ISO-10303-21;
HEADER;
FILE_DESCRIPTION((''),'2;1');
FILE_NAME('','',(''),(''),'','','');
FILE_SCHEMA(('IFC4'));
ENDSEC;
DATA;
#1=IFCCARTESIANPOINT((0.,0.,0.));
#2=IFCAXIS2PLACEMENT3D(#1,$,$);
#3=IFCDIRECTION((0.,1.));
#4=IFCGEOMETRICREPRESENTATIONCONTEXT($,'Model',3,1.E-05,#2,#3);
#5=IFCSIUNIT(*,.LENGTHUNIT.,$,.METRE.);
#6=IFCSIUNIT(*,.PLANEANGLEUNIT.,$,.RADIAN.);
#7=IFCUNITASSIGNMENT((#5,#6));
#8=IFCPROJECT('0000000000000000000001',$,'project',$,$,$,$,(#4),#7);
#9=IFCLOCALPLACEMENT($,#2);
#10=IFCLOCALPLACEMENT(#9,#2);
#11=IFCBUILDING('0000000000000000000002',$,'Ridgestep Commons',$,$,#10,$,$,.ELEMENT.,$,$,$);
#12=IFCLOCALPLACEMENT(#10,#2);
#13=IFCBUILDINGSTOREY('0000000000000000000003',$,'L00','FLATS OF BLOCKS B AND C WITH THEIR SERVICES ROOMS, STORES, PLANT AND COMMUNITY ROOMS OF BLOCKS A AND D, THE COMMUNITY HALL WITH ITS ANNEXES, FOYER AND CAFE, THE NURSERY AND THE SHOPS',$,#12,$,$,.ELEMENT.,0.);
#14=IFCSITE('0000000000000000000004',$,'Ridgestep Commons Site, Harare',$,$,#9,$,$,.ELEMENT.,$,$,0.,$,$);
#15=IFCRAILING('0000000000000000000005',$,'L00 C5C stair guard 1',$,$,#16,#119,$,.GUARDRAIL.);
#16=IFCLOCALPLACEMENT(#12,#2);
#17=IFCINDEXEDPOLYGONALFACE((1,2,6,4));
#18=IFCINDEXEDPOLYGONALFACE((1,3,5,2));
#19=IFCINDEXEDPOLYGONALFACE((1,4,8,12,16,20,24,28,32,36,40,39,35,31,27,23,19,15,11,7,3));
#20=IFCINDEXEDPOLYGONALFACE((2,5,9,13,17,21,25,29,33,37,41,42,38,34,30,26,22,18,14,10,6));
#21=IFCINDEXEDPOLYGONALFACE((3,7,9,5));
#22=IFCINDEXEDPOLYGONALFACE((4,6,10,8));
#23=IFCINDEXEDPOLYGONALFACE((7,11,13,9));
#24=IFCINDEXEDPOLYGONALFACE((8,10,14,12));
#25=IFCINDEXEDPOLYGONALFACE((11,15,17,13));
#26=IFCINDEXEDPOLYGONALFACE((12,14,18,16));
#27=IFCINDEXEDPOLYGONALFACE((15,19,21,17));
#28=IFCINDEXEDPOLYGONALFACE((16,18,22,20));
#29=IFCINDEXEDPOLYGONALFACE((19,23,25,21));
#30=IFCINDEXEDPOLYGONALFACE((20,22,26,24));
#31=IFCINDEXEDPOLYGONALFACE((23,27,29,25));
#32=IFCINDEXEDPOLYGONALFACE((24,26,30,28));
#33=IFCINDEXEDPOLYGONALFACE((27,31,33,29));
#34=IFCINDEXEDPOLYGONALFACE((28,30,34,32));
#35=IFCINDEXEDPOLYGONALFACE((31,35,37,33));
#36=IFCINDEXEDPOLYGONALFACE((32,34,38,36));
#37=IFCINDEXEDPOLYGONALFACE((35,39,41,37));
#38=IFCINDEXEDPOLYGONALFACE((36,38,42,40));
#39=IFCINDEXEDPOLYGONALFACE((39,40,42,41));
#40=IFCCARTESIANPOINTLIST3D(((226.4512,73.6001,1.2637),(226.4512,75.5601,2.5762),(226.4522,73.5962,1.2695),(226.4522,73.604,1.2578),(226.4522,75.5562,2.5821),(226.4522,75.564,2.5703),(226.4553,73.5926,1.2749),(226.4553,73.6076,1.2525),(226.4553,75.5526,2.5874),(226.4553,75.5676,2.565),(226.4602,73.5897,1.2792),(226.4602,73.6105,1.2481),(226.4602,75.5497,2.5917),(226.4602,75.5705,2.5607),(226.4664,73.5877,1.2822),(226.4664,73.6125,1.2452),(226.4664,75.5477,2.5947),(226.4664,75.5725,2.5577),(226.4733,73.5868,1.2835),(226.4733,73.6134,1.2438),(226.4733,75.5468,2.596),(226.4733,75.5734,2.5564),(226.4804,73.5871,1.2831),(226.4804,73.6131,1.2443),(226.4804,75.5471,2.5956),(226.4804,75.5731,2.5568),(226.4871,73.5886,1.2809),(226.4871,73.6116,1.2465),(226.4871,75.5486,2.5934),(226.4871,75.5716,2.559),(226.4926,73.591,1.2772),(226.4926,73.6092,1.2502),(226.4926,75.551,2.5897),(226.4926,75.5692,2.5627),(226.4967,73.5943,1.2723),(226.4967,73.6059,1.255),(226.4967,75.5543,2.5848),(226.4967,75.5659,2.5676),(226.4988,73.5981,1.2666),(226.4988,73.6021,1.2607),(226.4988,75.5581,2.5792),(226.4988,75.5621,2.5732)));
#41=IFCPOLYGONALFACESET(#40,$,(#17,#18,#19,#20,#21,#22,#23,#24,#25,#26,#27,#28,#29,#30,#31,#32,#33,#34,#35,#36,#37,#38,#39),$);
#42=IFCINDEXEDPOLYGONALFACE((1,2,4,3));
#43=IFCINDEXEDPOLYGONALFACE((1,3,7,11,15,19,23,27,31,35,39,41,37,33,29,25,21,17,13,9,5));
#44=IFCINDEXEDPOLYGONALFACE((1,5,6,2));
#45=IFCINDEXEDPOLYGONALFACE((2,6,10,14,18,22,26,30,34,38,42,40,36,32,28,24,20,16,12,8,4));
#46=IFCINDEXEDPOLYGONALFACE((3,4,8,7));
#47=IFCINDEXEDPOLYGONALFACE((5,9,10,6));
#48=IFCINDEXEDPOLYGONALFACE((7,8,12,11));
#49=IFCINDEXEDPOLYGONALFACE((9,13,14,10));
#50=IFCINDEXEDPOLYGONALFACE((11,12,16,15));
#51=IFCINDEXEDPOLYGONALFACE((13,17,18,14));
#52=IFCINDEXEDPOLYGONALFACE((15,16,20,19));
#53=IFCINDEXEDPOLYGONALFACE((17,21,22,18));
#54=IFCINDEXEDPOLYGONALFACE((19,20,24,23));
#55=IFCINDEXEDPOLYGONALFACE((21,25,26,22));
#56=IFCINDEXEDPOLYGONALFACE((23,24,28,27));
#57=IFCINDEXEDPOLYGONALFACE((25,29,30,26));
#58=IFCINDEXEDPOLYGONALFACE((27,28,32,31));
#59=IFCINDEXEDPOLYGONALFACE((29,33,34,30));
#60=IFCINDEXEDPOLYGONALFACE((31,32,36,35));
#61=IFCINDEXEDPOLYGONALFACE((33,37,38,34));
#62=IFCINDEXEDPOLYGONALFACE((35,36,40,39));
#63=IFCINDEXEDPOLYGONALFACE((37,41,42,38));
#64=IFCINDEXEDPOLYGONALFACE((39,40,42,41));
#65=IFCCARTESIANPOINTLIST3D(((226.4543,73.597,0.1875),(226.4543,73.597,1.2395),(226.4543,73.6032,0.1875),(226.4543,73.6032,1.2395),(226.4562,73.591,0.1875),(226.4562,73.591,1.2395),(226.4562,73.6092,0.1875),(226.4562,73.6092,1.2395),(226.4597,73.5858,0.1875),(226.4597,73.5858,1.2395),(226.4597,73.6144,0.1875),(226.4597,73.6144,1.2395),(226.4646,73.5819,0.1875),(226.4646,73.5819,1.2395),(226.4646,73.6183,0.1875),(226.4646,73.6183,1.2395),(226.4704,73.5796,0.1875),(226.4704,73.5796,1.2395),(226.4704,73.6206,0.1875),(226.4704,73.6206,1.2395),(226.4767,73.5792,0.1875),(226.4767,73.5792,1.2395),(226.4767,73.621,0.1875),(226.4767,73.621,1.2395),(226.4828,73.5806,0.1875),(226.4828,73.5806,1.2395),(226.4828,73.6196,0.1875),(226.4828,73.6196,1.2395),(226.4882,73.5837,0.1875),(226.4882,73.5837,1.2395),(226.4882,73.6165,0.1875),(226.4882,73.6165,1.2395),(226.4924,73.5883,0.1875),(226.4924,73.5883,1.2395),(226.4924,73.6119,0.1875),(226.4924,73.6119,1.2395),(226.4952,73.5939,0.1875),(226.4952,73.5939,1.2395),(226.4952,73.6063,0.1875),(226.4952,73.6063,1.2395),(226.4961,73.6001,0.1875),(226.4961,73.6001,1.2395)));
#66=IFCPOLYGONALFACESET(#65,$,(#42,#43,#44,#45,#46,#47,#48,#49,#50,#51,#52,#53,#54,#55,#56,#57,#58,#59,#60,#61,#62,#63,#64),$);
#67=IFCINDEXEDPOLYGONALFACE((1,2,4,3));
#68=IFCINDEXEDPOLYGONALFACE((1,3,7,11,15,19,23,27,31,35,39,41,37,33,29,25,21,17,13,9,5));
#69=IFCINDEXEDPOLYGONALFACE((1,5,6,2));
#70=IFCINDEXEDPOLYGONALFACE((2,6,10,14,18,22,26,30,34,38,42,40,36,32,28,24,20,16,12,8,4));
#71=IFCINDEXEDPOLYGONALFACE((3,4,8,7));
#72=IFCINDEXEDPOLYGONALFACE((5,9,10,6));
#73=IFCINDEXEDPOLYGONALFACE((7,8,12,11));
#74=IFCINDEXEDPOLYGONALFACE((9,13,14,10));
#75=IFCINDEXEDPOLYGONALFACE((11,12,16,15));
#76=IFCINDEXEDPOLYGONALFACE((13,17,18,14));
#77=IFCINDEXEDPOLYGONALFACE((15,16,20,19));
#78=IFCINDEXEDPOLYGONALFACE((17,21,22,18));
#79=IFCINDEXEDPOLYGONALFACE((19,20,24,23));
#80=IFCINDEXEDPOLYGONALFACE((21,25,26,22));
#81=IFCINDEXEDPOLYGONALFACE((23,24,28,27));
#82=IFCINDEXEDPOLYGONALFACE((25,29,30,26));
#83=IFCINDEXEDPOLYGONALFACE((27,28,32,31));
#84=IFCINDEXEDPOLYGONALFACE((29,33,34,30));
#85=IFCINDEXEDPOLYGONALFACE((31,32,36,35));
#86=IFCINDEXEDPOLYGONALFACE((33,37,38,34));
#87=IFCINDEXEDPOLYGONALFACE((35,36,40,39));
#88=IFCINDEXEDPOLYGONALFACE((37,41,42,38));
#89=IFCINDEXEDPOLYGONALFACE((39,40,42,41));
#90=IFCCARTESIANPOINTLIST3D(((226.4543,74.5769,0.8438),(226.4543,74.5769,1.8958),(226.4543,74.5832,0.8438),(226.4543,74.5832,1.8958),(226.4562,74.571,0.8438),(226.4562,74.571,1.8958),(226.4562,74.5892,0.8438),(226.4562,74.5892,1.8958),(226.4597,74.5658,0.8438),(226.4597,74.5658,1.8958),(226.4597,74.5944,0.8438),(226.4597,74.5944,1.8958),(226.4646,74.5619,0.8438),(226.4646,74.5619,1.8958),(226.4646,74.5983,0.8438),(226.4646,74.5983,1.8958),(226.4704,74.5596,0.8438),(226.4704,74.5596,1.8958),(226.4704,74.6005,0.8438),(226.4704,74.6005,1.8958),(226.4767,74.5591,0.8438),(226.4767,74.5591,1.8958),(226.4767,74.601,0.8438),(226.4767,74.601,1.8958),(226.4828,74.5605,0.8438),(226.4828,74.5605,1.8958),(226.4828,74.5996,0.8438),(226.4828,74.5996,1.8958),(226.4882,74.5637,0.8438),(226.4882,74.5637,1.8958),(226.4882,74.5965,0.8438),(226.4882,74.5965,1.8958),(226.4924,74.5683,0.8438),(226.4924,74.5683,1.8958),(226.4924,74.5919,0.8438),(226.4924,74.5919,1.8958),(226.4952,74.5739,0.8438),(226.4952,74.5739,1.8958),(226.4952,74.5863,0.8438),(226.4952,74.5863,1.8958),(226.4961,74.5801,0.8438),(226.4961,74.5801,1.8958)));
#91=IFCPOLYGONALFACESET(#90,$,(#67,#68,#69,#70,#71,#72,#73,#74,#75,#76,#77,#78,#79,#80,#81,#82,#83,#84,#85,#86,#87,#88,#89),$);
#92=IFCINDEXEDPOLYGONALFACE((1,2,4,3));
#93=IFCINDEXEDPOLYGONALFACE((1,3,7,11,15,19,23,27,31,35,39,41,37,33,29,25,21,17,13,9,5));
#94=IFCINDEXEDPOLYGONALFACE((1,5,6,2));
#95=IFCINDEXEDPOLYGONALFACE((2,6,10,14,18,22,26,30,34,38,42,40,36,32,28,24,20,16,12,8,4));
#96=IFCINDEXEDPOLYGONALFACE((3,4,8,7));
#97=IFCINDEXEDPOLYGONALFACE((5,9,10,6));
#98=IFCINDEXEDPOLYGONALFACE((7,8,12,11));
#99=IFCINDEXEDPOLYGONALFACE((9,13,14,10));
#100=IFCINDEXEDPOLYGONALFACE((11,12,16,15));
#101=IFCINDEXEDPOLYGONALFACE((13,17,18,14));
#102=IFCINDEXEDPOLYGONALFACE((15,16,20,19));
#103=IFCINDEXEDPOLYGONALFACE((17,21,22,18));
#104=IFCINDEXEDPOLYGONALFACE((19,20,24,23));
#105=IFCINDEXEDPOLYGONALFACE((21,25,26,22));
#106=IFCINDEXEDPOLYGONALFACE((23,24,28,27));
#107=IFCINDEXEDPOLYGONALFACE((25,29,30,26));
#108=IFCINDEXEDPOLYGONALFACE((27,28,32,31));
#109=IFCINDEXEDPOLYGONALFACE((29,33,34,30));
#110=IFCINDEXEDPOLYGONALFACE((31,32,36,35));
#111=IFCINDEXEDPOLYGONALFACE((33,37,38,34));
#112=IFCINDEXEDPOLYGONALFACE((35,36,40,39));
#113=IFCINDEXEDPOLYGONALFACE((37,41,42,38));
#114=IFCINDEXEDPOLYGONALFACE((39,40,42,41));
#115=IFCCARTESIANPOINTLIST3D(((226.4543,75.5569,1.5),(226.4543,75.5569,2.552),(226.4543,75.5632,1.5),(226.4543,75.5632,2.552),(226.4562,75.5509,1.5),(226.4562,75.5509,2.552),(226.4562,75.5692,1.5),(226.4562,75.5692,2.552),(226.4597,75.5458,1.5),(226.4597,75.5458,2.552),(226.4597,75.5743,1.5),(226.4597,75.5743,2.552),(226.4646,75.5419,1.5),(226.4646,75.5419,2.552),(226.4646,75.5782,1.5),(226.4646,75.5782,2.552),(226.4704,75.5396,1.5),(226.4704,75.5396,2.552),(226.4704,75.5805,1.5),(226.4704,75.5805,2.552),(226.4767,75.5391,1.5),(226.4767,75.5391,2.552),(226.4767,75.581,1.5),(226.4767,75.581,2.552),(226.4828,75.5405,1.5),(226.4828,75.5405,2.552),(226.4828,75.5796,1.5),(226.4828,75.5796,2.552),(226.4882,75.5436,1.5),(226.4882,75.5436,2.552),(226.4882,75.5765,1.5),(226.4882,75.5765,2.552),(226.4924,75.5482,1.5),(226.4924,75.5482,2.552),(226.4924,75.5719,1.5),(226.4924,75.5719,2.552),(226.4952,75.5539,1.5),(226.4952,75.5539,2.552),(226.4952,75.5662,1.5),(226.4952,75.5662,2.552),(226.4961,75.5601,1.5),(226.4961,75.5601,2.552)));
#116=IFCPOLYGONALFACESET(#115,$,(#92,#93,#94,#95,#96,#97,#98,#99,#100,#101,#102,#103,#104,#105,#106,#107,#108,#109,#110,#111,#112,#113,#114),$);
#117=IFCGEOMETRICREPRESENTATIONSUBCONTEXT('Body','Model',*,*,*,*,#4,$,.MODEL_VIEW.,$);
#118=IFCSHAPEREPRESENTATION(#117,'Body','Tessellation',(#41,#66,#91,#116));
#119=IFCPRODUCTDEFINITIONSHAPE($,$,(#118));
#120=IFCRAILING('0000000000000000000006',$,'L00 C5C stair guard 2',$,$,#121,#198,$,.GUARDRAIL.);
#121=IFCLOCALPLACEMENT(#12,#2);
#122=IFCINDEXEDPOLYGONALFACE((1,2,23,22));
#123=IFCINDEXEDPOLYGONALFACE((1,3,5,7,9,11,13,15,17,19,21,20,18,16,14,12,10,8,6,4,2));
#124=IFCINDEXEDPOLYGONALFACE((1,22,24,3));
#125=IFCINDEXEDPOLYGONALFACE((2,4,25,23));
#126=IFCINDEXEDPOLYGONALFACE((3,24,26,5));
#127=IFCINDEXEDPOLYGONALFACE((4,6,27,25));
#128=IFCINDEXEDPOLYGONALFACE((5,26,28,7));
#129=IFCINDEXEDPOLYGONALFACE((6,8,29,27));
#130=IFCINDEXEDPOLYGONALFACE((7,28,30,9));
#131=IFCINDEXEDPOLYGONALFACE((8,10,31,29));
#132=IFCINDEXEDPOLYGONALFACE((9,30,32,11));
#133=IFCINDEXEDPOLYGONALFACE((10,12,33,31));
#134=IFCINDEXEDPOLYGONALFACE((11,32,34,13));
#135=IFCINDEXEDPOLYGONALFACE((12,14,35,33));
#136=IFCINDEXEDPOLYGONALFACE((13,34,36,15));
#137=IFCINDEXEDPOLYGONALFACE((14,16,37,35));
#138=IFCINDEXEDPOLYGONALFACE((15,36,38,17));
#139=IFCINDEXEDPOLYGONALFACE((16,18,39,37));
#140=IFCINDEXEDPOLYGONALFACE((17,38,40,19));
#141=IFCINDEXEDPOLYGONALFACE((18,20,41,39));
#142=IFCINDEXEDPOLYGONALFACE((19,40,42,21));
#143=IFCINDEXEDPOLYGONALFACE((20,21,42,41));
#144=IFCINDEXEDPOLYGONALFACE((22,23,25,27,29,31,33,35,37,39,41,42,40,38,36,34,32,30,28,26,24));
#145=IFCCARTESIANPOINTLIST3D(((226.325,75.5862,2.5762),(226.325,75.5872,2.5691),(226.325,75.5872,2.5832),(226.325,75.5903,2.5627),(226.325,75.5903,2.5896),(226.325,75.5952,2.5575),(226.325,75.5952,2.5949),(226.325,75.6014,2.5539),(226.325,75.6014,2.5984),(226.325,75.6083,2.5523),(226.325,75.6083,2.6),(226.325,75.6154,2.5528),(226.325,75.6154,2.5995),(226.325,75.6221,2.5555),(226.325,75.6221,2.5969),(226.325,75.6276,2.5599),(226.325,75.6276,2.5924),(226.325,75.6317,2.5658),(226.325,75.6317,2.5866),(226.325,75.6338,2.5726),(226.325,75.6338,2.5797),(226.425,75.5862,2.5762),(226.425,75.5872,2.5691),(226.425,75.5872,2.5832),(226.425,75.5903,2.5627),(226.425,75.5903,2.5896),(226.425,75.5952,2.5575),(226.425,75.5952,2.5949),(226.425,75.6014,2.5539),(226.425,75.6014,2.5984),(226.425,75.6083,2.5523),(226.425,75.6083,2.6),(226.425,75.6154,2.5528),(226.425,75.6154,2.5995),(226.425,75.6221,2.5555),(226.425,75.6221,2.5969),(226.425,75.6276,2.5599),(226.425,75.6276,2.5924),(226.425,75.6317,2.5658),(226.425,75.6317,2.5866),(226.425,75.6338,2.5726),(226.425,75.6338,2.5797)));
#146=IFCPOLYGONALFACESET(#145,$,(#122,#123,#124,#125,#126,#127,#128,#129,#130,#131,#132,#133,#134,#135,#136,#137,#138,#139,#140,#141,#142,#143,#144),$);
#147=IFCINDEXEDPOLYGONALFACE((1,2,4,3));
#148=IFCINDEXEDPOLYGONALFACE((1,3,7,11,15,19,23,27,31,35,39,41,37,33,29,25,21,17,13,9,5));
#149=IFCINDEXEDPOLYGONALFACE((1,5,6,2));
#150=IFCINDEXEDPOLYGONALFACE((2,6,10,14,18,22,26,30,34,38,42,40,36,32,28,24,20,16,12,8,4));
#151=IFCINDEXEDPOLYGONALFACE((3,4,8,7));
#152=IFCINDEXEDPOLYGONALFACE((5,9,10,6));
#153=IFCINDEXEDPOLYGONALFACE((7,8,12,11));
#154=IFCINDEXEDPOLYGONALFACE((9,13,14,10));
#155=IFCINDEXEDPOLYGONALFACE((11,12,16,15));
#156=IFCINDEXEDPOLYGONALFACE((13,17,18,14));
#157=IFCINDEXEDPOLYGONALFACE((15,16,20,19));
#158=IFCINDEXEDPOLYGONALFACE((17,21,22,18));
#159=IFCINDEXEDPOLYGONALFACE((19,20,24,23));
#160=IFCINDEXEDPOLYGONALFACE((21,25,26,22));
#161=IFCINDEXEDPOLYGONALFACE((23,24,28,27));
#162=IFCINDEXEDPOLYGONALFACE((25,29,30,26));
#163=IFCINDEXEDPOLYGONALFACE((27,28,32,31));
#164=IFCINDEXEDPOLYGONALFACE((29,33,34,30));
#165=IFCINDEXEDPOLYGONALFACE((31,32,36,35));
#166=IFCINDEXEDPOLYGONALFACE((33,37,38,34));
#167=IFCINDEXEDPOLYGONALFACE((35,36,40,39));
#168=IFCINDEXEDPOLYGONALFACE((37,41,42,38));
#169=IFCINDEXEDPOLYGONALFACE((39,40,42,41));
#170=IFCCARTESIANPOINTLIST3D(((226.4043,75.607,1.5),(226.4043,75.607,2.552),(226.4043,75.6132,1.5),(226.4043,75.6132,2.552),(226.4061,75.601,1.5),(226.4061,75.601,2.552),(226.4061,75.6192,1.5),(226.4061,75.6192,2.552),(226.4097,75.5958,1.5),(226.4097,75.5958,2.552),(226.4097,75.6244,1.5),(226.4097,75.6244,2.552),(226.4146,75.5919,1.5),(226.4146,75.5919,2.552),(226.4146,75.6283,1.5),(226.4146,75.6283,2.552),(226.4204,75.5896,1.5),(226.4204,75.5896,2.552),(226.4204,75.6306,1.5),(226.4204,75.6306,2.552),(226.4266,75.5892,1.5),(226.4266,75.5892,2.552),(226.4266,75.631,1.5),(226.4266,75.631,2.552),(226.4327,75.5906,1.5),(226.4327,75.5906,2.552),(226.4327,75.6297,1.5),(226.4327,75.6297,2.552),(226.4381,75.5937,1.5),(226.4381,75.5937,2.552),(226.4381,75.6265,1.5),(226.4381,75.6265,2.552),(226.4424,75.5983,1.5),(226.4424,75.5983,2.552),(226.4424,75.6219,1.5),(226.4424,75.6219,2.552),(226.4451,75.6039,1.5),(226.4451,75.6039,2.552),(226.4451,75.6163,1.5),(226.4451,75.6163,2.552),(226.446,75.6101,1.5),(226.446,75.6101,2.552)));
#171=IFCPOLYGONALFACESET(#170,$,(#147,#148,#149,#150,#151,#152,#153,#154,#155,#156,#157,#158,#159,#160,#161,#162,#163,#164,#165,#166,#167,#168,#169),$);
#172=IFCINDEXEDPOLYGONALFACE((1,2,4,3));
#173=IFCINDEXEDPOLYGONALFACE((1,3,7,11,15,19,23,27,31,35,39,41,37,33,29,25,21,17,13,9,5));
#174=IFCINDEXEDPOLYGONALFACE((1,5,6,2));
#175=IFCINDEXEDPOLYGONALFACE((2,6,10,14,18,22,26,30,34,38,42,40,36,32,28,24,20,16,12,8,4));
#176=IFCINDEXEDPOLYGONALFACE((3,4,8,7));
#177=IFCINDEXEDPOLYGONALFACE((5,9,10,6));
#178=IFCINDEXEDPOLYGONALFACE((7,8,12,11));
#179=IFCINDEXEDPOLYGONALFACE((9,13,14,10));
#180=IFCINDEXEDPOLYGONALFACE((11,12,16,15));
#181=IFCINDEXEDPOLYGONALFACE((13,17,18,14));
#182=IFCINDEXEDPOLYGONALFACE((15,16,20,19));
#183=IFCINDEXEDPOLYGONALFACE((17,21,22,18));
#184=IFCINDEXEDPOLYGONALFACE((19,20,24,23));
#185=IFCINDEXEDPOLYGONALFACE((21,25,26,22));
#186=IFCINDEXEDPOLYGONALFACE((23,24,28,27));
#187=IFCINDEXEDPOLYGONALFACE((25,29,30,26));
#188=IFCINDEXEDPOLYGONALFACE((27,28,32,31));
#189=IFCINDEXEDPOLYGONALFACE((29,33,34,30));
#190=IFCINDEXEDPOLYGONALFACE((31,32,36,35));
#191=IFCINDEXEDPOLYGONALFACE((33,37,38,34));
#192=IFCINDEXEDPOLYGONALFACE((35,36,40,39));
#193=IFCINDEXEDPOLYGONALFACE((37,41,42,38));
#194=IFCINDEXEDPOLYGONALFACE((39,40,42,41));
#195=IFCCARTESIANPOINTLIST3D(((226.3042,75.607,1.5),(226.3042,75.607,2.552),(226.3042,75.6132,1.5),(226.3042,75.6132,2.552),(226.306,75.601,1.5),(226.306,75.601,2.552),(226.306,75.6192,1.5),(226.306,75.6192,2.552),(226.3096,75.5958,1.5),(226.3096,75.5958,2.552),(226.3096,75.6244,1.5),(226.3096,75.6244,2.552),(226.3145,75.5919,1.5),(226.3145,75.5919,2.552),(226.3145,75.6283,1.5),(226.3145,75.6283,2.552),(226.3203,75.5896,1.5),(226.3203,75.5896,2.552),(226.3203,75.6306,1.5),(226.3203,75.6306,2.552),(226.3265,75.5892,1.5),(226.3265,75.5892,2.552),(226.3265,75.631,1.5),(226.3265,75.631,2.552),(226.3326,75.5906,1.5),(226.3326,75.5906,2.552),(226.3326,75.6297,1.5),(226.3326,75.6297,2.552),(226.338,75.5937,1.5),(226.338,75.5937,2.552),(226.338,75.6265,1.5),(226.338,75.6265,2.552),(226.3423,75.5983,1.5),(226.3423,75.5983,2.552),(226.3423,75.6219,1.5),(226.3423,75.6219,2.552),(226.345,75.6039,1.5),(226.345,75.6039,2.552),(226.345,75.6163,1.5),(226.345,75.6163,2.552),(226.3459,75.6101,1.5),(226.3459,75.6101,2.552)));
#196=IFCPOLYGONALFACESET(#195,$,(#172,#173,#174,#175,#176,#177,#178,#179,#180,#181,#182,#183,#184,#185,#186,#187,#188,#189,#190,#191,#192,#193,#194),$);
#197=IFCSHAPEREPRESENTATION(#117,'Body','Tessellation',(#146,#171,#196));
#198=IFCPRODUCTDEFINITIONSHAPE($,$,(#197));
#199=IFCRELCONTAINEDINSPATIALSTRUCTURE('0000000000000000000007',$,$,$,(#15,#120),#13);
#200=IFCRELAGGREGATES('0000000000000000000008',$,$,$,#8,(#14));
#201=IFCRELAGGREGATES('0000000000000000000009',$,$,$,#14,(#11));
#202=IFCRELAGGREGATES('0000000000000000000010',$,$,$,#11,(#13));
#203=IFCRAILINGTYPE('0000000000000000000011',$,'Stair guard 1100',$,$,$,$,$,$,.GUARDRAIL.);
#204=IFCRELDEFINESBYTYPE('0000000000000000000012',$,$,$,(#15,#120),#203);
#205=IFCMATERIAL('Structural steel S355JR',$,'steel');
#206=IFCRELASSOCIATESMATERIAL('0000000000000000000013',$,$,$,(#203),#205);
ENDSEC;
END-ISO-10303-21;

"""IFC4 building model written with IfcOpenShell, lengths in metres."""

from ifc_helpers import new_model, si_unit, direction, frame, origin, origin_2d, place, context, subcontext, project, spatial, circle, extrude, material, type_object, element, save


model = new_model("IFC4")

# Units and contexts
model_context = context("Model", 3, precision=1e-05, world=origin(), true_north=direction((0.0, 1.0)))
body_context = subcontext(model_context, "Body", "Model", "MODEL_VIEW")
ifc_project = project(units=[si_unit("LENGTHUNIT", "METRE"), si_unit("PLANEANGLEUNIT", "RADIAN")], contexts=[model_context])

# Site, building, storey
site_placement = place(None, origin())
site = spatial("IfcSite", under=ifc_project, at=site_placement, Name="Ridgestep Commons Site, Harare", CompositionType="ELEMENT", RefElevation=0.0)
building_placement = place(site_placement, origin())
building = spatial("IfcBuilding", under=site, at=building_placement, Name="Ridgestep Commons", CompositionType="ELEMENT")
storey_placement = place(building_placement, origin())
storey = spatial("IfcBuildingStorey", under=building, at=storey_placement, Name="L00", Description="FLATS OF BLOCKS B AND C WITH THEIR SERVICES ROOMS, STORES, PLANT AND COMMUNITY ROOMS OF BLOCKS A AND D, THE COMMUNITY HALL WITH ITS ANNEXES, FOYER AND CAFE, THE NURSERY AND THE SHOPS", CompositionType="ELEMENT", Elevation=0.0)

# Railings
ifc_material_1 = material(Name="Structural steel S355JR", Category="steel")
railing_type_1 = type_object("IfcRailingType", Name="Stair guard 1100", PredefinedType="GUARDRAIL", material=ifc_material_1)
railing_1_placement = place(storey_placement, frame((226.4751, 73.6001, 0.1875)))
element("IfcRailing", 1, at=railing_1_placement, inside=storey, type_object=railing_type_1, Name="L00 C5C stair guard 1", PredefinedType="GUARDRAIL", context=body_context, shape_type="SweptSolid", body=[
    extrude(circle(Radius=0.0239, at=origin_2d()), frame((0.0, 0.0, 1.0762), z_axis=(0.0, 0.830902, 0.556419), x_axis=(-1.0, 0.0, 0.0)), (0.0, 0.0, 1.0), 2.3589),
    extrude(circle(Radius=0.021, at=origin_2d()), origin(), (0.0, 0.0, 1.0), 1.052),
    extrude(circle(Radius=0.021, at=origin_2d()), frame((0.0, 0.98, 0.6562)), (0.0, 0.0, 1.0), 1.052),
    extrude(circle(Radius=0.021, at=origin_2d()), frame((0.0, 1.96, 1.3125)), (0.0, 0.0, 1.0), 1.052),
])
railing_2_placement = place(storey_placement, frame((226.425, 75.6101, 1.5)))
element("IfcRailing", 2, at=railing_2_placement, inside=storey, type_object=railing_type_1, Name="L00 C5C stair guard 2", PredefinedType="GUARDRAIL", context=body_context, shape_type="SweptSolid", body=[
    extrude(circle(Radius=0.0239, at=origin_2d()), frame((0.0, 0.0, 1.0762), z_axis=(-1.0, 0.0, 0.0), x_axis=(0.0, -1.0, 0.0)), (0.0, 0.0, 1.0), 0.1001),
    extrude(circle(Radius=0.021, at=origin_2d()), origin(), (0.0, 0.0, 1.0), 1.052),
    extrude(circle(Radius=0.021, at=origin_2d()), frame((-0.1001, 0.0, 0.0)), (0.0, 0.0, 1.0), 1.052),
])

save(model, "model.ifc")
